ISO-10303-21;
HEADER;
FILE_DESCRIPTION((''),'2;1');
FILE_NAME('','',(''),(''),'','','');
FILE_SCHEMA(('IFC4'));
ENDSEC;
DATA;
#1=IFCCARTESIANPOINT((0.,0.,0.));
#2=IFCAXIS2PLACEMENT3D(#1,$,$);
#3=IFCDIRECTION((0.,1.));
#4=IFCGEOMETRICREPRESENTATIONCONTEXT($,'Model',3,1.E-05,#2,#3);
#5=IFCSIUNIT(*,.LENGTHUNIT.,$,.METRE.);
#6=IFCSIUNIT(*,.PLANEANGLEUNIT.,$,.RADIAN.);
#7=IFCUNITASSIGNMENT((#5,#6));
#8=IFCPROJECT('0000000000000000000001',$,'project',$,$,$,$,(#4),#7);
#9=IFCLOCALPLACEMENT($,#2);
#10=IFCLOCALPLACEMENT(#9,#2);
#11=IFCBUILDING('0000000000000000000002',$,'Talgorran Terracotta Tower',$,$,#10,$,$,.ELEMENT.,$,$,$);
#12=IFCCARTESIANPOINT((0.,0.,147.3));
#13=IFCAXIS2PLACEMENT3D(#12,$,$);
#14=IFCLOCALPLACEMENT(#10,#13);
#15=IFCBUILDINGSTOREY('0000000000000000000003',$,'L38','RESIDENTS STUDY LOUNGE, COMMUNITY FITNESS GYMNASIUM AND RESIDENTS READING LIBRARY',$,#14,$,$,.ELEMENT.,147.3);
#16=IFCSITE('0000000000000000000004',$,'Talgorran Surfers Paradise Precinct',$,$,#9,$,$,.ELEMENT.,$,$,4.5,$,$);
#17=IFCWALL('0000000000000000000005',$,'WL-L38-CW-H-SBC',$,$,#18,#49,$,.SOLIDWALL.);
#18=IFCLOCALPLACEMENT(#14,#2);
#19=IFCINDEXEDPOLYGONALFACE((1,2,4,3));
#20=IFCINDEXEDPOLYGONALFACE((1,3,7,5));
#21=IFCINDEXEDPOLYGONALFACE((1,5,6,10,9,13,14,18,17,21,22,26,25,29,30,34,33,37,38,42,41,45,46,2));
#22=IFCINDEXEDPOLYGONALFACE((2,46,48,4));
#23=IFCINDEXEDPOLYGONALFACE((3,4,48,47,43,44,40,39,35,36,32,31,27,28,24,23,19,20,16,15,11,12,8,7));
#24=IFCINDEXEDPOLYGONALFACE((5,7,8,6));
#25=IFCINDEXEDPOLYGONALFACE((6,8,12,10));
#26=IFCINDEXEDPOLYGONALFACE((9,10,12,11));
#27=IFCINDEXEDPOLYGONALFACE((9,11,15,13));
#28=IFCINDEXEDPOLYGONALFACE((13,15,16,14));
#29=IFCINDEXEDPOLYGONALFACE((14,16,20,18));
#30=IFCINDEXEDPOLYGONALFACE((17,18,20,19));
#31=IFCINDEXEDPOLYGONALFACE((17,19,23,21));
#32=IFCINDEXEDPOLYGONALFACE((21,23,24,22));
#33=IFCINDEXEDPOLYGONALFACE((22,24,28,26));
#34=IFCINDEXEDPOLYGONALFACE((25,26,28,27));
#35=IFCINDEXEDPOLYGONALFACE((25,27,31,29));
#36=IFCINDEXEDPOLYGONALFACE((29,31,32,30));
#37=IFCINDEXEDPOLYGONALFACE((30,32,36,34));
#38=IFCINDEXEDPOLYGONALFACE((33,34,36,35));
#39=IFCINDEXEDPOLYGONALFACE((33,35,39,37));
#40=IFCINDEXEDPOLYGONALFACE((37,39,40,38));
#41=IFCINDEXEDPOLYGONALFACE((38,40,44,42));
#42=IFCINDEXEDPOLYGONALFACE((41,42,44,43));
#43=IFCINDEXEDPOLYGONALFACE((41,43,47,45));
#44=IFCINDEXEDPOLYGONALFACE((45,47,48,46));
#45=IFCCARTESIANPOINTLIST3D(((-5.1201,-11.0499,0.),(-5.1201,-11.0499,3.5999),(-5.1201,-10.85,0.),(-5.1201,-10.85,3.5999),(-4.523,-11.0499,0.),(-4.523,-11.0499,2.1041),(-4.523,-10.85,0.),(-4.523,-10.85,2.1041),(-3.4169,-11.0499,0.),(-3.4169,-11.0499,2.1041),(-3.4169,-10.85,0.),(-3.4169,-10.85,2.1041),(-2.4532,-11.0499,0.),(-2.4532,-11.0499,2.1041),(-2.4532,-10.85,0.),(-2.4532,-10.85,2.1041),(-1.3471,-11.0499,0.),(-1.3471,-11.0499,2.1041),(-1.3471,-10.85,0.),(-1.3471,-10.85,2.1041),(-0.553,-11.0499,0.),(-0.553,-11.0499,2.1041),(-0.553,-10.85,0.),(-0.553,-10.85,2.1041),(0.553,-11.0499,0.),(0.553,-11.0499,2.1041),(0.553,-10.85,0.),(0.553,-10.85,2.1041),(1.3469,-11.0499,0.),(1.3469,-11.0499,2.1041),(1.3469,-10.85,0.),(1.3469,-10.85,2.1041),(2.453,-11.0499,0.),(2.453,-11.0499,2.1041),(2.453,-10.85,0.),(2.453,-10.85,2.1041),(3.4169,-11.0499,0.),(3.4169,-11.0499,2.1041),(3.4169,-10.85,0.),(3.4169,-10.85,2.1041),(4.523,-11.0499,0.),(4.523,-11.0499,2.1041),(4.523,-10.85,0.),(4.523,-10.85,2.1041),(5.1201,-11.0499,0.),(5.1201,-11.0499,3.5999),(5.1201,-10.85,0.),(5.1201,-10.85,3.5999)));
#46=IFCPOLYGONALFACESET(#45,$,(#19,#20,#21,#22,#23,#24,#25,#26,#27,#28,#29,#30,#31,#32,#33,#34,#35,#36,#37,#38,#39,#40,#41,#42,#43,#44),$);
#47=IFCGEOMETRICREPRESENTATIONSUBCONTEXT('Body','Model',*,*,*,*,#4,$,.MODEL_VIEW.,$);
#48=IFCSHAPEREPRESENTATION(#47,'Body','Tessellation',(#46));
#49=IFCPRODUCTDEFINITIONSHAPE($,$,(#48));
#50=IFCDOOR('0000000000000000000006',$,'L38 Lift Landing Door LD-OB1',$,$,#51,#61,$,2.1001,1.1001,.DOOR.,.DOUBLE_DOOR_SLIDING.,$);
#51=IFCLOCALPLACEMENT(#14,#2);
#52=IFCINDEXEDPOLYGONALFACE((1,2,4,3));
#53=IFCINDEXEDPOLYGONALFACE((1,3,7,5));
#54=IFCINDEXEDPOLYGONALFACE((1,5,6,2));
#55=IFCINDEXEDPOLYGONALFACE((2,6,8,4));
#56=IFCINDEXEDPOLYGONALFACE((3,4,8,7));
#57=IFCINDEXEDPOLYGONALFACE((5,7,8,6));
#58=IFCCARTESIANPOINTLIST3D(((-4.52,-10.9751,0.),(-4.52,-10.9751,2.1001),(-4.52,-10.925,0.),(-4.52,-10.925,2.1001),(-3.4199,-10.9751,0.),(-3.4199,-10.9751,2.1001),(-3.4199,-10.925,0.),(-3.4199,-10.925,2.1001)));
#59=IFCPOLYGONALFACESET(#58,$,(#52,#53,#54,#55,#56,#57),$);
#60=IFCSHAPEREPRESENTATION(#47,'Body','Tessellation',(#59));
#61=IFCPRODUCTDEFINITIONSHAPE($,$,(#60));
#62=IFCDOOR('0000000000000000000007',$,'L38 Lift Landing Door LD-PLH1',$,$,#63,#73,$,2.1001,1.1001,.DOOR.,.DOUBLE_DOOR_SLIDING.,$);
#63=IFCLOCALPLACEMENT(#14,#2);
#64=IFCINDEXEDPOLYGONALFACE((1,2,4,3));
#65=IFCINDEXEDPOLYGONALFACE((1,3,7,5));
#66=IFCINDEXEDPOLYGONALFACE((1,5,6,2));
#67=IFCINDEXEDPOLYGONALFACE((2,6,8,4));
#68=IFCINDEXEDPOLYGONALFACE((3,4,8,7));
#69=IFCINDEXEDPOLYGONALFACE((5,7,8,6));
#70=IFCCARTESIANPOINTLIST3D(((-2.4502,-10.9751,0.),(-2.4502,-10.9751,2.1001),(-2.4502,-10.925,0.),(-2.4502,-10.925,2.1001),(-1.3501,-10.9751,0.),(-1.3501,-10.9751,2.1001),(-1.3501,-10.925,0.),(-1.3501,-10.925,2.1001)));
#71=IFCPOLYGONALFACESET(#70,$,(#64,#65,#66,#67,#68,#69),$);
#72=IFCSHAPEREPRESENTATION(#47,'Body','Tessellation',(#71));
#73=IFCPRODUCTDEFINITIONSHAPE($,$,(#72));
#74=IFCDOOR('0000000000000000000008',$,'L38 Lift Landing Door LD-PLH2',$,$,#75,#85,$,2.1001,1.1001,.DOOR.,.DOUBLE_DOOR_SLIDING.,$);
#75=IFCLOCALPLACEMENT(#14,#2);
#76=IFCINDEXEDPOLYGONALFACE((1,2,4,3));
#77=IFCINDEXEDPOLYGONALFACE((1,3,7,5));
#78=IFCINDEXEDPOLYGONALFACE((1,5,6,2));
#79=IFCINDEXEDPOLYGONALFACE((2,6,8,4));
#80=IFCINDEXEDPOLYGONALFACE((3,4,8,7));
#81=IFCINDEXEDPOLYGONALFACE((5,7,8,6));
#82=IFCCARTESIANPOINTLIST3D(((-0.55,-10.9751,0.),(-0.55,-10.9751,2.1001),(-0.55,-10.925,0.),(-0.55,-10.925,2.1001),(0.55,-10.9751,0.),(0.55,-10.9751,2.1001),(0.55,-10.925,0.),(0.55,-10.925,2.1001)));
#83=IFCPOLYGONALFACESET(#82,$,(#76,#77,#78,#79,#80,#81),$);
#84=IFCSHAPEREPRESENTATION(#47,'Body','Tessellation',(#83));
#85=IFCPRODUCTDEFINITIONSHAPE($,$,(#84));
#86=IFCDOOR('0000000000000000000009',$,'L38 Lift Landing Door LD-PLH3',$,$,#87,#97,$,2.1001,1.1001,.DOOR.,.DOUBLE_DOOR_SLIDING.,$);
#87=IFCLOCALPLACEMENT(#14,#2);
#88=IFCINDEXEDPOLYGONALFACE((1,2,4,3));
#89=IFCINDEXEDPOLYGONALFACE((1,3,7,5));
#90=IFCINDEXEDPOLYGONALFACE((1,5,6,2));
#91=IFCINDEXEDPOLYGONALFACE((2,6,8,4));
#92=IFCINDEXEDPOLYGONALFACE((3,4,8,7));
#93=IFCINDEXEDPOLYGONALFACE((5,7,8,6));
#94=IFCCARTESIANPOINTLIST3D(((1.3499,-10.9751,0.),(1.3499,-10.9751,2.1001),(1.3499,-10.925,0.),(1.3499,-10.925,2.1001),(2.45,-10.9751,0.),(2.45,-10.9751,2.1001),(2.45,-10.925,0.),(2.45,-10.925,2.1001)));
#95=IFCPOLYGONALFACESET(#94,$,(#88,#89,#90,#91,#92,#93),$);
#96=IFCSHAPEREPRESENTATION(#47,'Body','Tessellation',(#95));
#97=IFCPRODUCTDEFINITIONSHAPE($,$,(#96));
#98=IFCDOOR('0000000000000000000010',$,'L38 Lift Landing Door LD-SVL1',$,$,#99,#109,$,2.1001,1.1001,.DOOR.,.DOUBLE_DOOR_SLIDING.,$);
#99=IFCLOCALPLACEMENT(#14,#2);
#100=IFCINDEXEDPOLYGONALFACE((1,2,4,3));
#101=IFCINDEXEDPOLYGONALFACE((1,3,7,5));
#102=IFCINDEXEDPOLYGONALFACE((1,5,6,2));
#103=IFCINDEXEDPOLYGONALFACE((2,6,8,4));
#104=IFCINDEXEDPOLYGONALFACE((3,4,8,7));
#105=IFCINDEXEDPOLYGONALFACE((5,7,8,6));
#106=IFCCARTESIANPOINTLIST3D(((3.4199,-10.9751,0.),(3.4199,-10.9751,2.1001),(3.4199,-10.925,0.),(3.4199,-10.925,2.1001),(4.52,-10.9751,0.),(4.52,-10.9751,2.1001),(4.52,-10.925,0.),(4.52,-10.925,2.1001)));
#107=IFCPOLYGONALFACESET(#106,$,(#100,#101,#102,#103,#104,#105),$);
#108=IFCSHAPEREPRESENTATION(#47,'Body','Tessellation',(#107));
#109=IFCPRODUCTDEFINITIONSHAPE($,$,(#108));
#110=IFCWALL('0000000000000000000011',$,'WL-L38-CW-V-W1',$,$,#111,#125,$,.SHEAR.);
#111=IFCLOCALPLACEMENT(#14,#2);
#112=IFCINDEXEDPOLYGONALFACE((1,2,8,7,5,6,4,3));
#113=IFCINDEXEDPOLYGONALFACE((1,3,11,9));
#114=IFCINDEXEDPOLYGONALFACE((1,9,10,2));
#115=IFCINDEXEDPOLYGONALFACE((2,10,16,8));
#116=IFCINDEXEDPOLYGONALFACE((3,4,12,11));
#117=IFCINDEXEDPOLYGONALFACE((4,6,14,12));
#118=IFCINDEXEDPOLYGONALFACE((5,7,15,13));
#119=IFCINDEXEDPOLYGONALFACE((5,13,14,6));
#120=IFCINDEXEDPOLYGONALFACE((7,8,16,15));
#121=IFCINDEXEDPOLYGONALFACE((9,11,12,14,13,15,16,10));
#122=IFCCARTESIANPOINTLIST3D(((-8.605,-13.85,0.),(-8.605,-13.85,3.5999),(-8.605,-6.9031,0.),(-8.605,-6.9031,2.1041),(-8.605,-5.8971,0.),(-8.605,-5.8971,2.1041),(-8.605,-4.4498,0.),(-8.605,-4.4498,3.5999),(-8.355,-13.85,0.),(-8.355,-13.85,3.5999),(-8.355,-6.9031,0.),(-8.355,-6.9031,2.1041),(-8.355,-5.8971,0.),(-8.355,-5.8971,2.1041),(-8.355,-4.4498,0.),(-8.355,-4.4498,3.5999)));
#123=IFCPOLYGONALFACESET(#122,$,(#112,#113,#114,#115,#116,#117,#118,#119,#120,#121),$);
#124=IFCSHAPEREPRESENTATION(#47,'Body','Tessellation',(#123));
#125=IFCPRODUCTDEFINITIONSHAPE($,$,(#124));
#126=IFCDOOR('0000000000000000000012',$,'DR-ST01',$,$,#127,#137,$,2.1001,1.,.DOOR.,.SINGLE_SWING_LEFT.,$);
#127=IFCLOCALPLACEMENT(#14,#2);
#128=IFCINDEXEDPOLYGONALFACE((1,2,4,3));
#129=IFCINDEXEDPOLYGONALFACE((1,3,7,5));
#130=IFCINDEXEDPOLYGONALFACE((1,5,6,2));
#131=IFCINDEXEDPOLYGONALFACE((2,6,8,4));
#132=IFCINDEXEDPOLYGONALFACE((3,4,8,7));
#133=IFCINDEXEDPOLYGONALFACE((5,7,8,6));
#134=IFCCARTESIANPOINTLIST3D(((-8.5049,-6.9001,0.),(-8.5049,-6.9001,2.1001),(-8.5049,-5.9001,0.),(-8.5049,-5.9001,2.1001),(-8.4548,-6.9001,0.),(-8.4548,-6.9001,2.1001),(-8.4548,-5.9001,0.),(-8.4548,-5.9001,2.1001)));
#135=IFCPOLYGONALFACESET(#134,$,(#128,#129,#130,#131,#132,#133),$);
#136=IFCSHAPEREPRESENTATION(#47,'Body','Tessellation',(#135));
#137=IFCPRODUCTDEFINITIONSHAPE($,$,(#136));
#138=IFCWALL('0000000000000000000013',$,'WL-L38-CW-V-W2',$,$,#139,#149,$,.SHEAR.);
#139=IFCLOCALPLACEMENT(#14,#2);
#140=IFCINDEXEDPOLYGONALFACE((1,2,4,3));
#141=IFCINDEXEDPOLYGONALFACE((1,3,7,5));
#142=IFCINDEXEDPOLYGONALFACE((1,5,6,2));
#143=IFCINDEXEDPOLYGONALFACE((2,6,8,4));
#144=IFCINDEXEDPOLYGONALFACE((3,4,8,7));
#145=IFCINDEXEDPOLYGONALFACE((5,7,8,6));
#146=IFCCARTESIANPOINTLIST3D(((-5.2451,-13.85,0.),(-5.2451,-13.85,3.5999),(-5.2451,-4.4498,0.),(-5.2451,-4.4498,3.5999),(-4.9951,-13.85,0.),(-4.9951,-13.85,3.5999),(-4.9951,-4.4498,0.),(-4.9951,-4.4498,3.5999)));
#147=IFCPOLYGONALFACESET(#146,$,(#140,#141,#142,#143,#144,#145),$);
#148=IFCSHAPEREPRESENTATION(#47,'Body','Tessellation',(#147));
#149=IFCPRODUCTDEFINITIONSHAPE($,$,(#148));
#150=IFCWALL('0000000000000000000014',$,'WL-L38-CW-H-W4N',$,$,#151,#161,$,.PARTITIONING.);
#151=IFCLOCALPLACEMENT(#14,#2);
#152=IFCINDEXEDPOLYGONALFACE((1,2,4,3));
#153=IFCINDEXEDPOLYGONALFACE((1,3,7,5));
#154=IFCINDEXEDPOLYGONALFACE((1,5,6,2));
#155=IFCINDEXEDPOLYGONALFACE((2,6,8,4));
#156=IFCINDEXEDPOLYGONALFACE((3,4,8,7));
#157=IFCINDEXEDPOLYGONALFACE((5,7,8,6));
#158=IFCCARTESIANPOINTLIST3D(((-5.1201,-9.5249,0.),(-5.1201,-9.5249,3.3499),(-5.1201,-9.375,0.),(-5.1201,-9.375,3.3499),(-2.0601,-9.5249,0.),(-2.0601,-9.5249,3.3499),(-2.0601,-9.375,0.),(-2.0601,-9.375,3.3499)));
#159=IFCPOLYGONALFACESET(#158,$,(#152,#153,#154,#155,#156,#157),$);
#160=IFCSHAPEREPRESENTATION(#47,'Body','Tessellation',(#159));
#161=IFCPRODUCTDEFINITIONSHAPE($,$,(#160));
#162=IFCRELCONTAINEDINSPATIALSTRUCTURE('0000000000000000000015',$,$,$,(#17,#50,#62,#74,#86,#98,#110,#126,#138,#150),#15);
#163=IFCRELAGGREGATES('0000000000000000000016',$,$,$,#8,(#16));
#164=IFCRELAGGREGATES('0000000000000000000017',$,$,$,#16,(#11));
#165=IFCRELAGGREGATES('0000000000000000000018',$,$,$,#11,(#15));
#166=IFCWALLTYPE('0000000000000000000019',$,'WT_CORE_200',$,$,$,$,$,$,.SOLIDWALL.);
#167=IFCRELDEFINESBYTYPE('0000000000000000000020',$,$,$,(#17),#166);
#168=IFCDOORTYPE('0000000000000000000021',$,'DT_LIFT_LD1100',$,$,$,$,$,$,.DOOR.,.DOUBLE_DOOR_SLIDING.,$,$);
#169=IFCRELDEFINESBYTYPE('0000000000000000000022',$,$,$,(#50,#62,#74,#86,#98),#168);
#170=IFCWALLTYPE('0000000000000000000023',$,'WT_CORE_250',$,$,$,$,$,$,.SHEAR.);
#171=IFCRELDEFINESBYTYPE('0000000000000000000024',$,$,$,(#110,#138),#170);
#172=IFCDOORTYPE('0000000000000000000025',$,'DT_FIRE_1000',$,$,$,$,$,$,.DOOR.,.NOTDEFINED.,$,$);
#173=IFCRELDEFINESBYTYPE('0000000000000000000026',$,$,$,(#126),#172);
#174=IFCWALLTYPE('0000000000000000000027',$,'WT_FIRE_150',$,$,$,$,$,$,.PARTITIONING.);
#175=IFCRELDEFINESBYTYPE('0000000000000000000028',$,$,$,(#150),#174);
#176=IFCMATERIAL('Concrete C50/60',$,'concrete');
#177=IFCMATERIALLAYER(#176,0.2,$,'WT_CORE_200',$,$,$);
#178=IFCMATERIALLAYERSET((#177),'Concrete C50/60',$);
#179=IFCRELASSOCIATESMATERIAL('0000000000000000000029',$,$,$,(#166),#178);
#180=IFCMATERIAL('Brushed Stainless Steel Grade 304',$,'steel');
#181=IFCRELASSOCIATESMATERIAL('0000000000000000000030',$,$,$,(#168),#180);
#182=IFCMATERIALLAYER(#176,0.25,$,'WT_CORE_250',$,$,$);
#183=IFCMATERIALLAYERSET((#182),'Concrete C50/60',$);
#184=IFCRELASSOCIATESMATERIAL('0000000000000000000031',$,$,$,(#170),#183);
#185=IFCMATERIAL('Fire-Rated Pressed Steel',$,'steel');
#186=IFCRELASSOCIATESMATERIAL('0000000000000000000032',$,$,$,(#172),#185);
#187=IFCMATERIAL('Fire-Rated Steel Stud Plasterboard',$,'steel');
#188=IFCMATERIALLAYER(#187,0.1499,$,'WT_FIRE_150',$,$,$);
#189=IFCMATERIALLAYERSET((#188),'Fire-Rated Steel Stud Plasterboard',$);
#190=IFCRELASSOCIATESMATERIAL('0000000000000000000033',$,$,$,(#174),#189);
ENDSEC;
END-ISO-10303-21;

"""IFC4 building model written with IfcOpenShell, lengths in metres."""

from ifc_helpers import new_model, si_unit, direction, frame, frame_2d, origin, place, context, subcontext, project, spatial, rectangle, extrude, material, layer, layer_set, type_object, element, fill, save


model = new_model("IFC4")

# Units and contexts
model_context = context("Model", 3, precision=1e-05, world=origin(), true_north=direction((0.0, 1.0)))
body_context = subcontext(model_context, "Body", "Model", "MODEL_VIEW")
ifc_project = project(units=[si_unit("LENGTHUNIT", "METRE"), si_unit("PLANEANGLEUNIT", "RADIAN")], contexts=[model_context])

# Site, building, storey
site_placement = place(None, origin())
site = spatial("IfcSite", under=ifc_project, at=site_placement, Name="Talgorran Surfers Paradise Precinct", CompositionType="ELEMENT", RefElevation=4.5)
building_placement = place(site_placement, origin())
building = spatial("IfcBuilding", under=site, at=building_placement, Name="Talgorran Terracotta Tower", CompositionType="ELEMENT")
storey_placement = place(building_placement, frame((0.0, 0.0, 147.3)))
storey = spatial("IfcBuildingStorey", under=building, at=storey_placement, Name="L38", Description="RESIDENTS STUDY LOUNGE, COMMUNITY FITNESS GYMNASIUM AND RESIDENTS READING LIBRARY", CompositionType="ELEMENT", Elevation=147.3)

# Shared definitions
ifc_material_1 = material(Name="Concrete C50/60", Category="concrete")

# Wall, openings, doors
ifc_layer_1 = layer(ifc_material_1, 0.2, Name="WT_CORE_200")
ifc_layer_set_1 = layer_set([ifc_layer_1], Name="Concrete C50/60")
wall_type_1 = type_object("IfcWallType", Name="WT_CORE_200", PredefinedType="SOLIDWALL", material=ifc_layer_set_1)
ifc_material_2 = material(Name="Brushed Stainless Steel Grade 304", Category="steel")
door_type_1 = type_object("IfcDoorType", Name="DT_LIFT_LD1100", OperationType="DOUBLE_DOOR_SLIDING", PredefinedType="DOOR", material=ifc_material_2)
ifc_material_3 = material(Name="Fire-Rated Pressed Steel", Category="steel")
wall_1_placement = place(storey_placement, frame((-5.1201, -10.95, 0.0), z_axis=(0.0, 0.0, 1.0), x_axis=(1.0, 0.0, 0.0)))
wall_1 = element("IfcWall", 1, at=wall_1_placement, inside=storey, type_object=wall_type_1, Name="WL-L38-CW-H-SBC", PredefinedType="SOLIDWALL", context=body_context, shape_type="SweptSolid", body=[
    extrude(rectangle(XDim=10.2402, YDim=0.2, at=frame_2d((5.1201, 0.0))), origin(), (0.0, 0.0, 1.0), 3.5999),
])
opening_1_placement = place(wall_1_placement, frame((0.6001, 0.0, 0.0)))
opening_1 = element("IfcOpeningElement", 2, at=opening_1_placement, cuts=wall_1, PredefinedType="OPENING", context=body_context, shape_type="SweptSolid", body=[
    extrude(rectangle(XDim=1.1061, YDim=2.1041, at=frame_2d((0.55, 1.052))), frame((0.0, 0.1099, 0.0), z_axis=(0.0, -1.0, 0.0), x_axis=(1.0, 0.0, 0.0)), (0.0, 0.0, 1.0), 0.22),
])
opening_2_placement = place(wall_1_placement, frame((2.6699, 0.0, 0.0)))
opening_2 = element("IfcOpeningElement", 3, at=opening_2_placement, cuts=wall_1, PredefinedType="OPENING", context=body_context, shape_type="SweptSolid", body=[
    extrude(rectangle(XDim=1.1061, YDim=2.1041, at=frame_2d((0.55, 1.052))), frame((0.0, 0.1099, 0.0), z_axis=(0.0, -1.0, 0.0), x_axis=(1.0, 0.0, 0.0)), (0.0, 0.0, 1.0), 0.22),
])
opening_3_placement = place(wall_1_placement, frame((4.5701, 0.0, 0.0)))
opening_3 = element("IfcOpeningElement", 4, at=opening_3_placement, cuts=wall_1, PredefinedType="OPENING", context=body_context, shape_type="SweptSolid", body=[
    extrude(rectangle(XDim=1.1061, YDim=2.1041, at=frame_2d((0.55, 1.052))), frame((0.0, 0.1099, 0.0), z_axis=(0.0, -1.0, 0.0), x_axis=(1.0, 0.0, 0.0)), (0.0, 0.0, 1.0), 0.22),
])
opening_4_placement = place(wall_1_placement, frame((6.47, 0.0, 0.0)))
opening_4 = element("IfcOpeningElement", 5, at=opening_4_placement, cuts=wall_1, PredefinedType="OPENING", context=body_context, shape_type="SweptSolid", body=[
    extrude(rectangle(XDim=1.1061, YDim=2.1041, at=frame_2d((0.55, 1.052))), frame((0.0, 0.1099, 0.0), z_axis=(0.0, -1.0, 0.0), x_axis=(1.0, 0.0, 0.0)), (0.0, 0.0, 1.0), 0.22),
])
opening_5_placement = place(wall_1_placement, frame((8.54, 0.0, 0.0)))
opening_5 = element("IfcOpeningElement", 6, at=opening_5_placement, cuts=wall_1, PredefinedType="OPENING", context=body_context, shape_type="SweptSolid", body=[
    extrude(rectangle(XDim=1.1061, YDim=2.1041, at=frame_2d((0.55, 1.052))), frame((0.0, 0.1099, 0.0), z_axis=(0.0, -1.0, 0.0), x_axis=(1.0, 0.0, 0.0)), (0.0, 0.0, 1.0), 0.22),
])
door_1_placement = place(opening_1_placement, origin())
door_1 = element("IfcDoor", 7, at=door_1_placement, inside=storey, type_object=door_type_1, Name="L38 Lift Landing Door LD-OB1", OperationType="DOUBLE_DOOR_SLIDING", OverallHeight=2.1001, OverallWidth=1.1001, PredefinedType="DOOR", context=body_context, shape_type="SweptSolid", body=[
    extrude(rectangle(XDim=1.1001, YDim=2.1001, at=frame_2d((0.55, 1.05))), frame((0.0, 0.0249, 0.0), z_axis=(0.0, -1.0, 0.0), x_axis=(1.0, 0.0, 0.0)), (0.0, 0.0, 1.0), 0.05),
])
fill(opening_1, door_1)
door_2_placement = place(opening_2_placement, origin())
door_2 = element("IfcDoor", 8, at=door_2_placement, inside=storey, type_object=door_type_1, Name="L38 Lift Landing Door LD-PLH1", OperationType="DOUBLE_DOOR_SLIDING", OverallHeight=2.1001, OverallWidth=1.1001, PredefinedType="DOOR", context=body_context, shape_type="SweptSolid", body=[
    extrude(rectangle(XDim=1.1001, YDim=2.1001, at=frame_2d((0.55, 1.05))), frame((0.0, 0.0249, 0.0), z_axis=(0.0, -1.0, 0.0), x_axis=(1.0, 0.0, 0.0)), (0.0, 0.0, 1.0), 0.05),
])
fill(opening_2, door_2)
door_3_placement = place(opening_3_placement, origin())
door_3 = element("IfcDoor", 9, at=door_3_placement, inside=storey, type_object=door_type_1, Name="L38 Lift Landing Door LD-PLH2", OperationType="DOUBLE_DOOR_SLIDING", OverallHeight=2.1001, OverallWidth=1.1001, PredefinedType="DOOR", context=body_context, shape_type="SweptSolid", body=[
    extrude(rectangle(XDim=1.1001, YDim=2.1001, at=frame_2d((0.55, 1.05))), frame((0.0, 0.0249, 0.0), z_axis=(0.0, -1.0, 0.0), x_axis=(1.0, 0.0, 0.0)), (0.0, 0.0, 1.0), 0.05),
])
fill(opening_3, door_3)
door_4_placement = place(opening_4_placement, origin())
door_4 = element("IfcDoor", 10, at=door_4_placement, inside=storey, type_object=door_type_1, Name="L38 Lift Landing Door LD-PLH3", OperationType="DOUBLE_DOOR_SLIDING", OverallHeight=2.1001, OverallWidth=1.1001, PredefinedType="DOOR", context=body_context, shape_type="SweptSolid", body=[
    extrude(rectangle(XDim=1.1001, YDim=2.1001, at=frame_2d((0.55, 1.05))), frame((0.0, 0.0249, 0.0), z_axis=(0.0, -1.0, 0.0), x_axis=(1.0, 0.0, 0.0)), (0.0, 0.0, 1.0), 0.05),
])
fill(opening_4, door_4)
door_5_placement = place(opening_5_placement, origin())
door_5 = element("IfcDoor", 11, at=door_5_placement, inside=storey, type_object=door_type_1, Name="L38 Lift Landing Door LD-SVL1", OperationType="DOUBLE_DOOR_SLIDING", OverallHeight=2.1001, OverallWidth=1.1001, PredefinedType="DOOR", context=body_context, shape_type="SweptSolid", body=[
    extrude(rectangle(XDim=1.1001, YDim=2.1001, at=frame_2d((0.55, 1.05))), frame((0.0, 0.0249, 0.0), z_axis=(0.0, -1.0, 0.0), x_axis=(1.0, 0.0, 0.0)), (0.0, 0.0, 1.0), 0.05),
])
fill(opening_5, door_5)

# Wall, opening, door
ifc_layer_2 = layer(ifc_material_1, 0.25, Name="WT_CORE_250")
ifc_layer_set_2 = layer_set([ifc_layer_2], Name="Concrete C50/60")
wall_type_2 = type_object("IfcWallType", Name="WT_CORE_250", PredefinedType="SHEAR", material=ifc_layer_set_2)
wall_2_placement = place(storey_placement, frame((-8.48, -13.8501, 0.0), z_axis=(0.0, 0.0, 1.0), x_axis=(0.0, 1.0, 0.0)))
wall_2 = element("IfcWall", 12, at=wall_2_placement, inside=storey, type_object=wall_type_2, Name="WL-L38-CW-V-W1", PredefinedType="SHEAR", context=body_context, shape_type="SweptSolid", body=[
    extrude(rectangle(XDim=9.4001, YDim=0.25, at=frame_2d((4.7002, 0.0))), origin(), (0.0, 0.0, 1.0), 3.5999),
])
opening_6_placement = place(wall_2_placement, frame((6.95, 0.0, 0.0)))
opening_6 = element("IfcOpeningElement", 13, at=opening_6_placement, cuts=wall_2, PredefinedType="OPENING", context=body_context, shape_type="SweptSolid", body=[
    extrude(rectangle(XDim=1.006, YDim=2.1041, at=frame_2d((0.5, 1.052))), frame((0.0, 0.135, 0.0), z_axis=(0.0, -1.0, 0.0), x_axis=(1.0, 0.0, 0.0)), (0.0, 0.0, 1.0), 0.27),
])
door_type_2 = type_object("IfcDoorType", Name="DT_FIRE_1000", OperationType="NOTDEFINED", PredefinedType="DOOR", material=ifc_material_3)
door_6_placement = place(opening_6_placement, origin())
door_6 = element("IfcDoor", 14, at=door_6_placement, inside=storey, type_object=door_type_2, Name="DR-ST01", OperationType="SINGLE_SWING_LEFT", OverallHeight=2.1001, OverallWidth=1.0, PredefinedType="DOOR", context=body_context, shape_type="SweptSolid", body=[
    extrude(rectangle(XDim=1.0, YDim=2.1001, at=frame_2d((0.5, 1.05))), frame((0.0, 0.0249, 0.0), z_axis=(0.0, -1.0, 0.0), x_axis=(1.0, 0.0, 0.0)), (0.0, 0.0, 1.0), 0.05),
])
fill(opening_6, door_6)

# Walls
wall_3_placement = place(storey_placement, frame((-5.1201, -13.8501, 0.0), z_axis=(0.0, 0.0, 1.0), x_axis=(0.0, 1.0, 0.0)))
element("IfcWall", 15, at=wall_3_placement, inside=storey, type_object=wall_type_2, Name="WL-L38-CW-V-W2", PredefinedType="SHEAR", context=body_context, shape_type="SweptSolid", body=[
    extrude(rectangle(XDim=9.4001, YDim=0.25, at=frame_2d((4.7002, 0.0))), origin(), (0.0, 0.0, 1.0), 3.5999),
])
ifc_material_4 = material(Name="Fire-Rated Steel Stud Plasterboard", Category="steel")
ifc_layer_3 = layer(ifc_material_4, 0.1499, Name="WT_FIRE_150")
ifc_layer_set_3 = layer_set([ifc_layer_3], Name="Fire-Rated Steel Stud Plasterboard")
wall_type_3 = type_object("IfcWallType", Name="WT_FIRE_150", PredefinedType="PARTITIONING", material=ifc_layer_set_3)
wall_4_placement = place(storey_placement, frame((-5.1201, -9.45, 0.0), z_axis=(0.0, 0.0, 1.0), x_axis=(1.0, 0.0, 0.0)))
element("IfcWall", 16, at=wall_4_placement, inside=storey, type_object=wall_type_3, Name="WL-L38-CW-H-W4N", PredefinedType="PARTITIONING", context=body_context, shape_type="SweptSolid", body=[
    extrude(rectangle(XDim=3.0601, YDim=0.1499, at=frame_2d((1.53, 0.0))), origin(), (0.0, 0.0, 1.0), 3.3499),
])

save(model, "model.ifc")
